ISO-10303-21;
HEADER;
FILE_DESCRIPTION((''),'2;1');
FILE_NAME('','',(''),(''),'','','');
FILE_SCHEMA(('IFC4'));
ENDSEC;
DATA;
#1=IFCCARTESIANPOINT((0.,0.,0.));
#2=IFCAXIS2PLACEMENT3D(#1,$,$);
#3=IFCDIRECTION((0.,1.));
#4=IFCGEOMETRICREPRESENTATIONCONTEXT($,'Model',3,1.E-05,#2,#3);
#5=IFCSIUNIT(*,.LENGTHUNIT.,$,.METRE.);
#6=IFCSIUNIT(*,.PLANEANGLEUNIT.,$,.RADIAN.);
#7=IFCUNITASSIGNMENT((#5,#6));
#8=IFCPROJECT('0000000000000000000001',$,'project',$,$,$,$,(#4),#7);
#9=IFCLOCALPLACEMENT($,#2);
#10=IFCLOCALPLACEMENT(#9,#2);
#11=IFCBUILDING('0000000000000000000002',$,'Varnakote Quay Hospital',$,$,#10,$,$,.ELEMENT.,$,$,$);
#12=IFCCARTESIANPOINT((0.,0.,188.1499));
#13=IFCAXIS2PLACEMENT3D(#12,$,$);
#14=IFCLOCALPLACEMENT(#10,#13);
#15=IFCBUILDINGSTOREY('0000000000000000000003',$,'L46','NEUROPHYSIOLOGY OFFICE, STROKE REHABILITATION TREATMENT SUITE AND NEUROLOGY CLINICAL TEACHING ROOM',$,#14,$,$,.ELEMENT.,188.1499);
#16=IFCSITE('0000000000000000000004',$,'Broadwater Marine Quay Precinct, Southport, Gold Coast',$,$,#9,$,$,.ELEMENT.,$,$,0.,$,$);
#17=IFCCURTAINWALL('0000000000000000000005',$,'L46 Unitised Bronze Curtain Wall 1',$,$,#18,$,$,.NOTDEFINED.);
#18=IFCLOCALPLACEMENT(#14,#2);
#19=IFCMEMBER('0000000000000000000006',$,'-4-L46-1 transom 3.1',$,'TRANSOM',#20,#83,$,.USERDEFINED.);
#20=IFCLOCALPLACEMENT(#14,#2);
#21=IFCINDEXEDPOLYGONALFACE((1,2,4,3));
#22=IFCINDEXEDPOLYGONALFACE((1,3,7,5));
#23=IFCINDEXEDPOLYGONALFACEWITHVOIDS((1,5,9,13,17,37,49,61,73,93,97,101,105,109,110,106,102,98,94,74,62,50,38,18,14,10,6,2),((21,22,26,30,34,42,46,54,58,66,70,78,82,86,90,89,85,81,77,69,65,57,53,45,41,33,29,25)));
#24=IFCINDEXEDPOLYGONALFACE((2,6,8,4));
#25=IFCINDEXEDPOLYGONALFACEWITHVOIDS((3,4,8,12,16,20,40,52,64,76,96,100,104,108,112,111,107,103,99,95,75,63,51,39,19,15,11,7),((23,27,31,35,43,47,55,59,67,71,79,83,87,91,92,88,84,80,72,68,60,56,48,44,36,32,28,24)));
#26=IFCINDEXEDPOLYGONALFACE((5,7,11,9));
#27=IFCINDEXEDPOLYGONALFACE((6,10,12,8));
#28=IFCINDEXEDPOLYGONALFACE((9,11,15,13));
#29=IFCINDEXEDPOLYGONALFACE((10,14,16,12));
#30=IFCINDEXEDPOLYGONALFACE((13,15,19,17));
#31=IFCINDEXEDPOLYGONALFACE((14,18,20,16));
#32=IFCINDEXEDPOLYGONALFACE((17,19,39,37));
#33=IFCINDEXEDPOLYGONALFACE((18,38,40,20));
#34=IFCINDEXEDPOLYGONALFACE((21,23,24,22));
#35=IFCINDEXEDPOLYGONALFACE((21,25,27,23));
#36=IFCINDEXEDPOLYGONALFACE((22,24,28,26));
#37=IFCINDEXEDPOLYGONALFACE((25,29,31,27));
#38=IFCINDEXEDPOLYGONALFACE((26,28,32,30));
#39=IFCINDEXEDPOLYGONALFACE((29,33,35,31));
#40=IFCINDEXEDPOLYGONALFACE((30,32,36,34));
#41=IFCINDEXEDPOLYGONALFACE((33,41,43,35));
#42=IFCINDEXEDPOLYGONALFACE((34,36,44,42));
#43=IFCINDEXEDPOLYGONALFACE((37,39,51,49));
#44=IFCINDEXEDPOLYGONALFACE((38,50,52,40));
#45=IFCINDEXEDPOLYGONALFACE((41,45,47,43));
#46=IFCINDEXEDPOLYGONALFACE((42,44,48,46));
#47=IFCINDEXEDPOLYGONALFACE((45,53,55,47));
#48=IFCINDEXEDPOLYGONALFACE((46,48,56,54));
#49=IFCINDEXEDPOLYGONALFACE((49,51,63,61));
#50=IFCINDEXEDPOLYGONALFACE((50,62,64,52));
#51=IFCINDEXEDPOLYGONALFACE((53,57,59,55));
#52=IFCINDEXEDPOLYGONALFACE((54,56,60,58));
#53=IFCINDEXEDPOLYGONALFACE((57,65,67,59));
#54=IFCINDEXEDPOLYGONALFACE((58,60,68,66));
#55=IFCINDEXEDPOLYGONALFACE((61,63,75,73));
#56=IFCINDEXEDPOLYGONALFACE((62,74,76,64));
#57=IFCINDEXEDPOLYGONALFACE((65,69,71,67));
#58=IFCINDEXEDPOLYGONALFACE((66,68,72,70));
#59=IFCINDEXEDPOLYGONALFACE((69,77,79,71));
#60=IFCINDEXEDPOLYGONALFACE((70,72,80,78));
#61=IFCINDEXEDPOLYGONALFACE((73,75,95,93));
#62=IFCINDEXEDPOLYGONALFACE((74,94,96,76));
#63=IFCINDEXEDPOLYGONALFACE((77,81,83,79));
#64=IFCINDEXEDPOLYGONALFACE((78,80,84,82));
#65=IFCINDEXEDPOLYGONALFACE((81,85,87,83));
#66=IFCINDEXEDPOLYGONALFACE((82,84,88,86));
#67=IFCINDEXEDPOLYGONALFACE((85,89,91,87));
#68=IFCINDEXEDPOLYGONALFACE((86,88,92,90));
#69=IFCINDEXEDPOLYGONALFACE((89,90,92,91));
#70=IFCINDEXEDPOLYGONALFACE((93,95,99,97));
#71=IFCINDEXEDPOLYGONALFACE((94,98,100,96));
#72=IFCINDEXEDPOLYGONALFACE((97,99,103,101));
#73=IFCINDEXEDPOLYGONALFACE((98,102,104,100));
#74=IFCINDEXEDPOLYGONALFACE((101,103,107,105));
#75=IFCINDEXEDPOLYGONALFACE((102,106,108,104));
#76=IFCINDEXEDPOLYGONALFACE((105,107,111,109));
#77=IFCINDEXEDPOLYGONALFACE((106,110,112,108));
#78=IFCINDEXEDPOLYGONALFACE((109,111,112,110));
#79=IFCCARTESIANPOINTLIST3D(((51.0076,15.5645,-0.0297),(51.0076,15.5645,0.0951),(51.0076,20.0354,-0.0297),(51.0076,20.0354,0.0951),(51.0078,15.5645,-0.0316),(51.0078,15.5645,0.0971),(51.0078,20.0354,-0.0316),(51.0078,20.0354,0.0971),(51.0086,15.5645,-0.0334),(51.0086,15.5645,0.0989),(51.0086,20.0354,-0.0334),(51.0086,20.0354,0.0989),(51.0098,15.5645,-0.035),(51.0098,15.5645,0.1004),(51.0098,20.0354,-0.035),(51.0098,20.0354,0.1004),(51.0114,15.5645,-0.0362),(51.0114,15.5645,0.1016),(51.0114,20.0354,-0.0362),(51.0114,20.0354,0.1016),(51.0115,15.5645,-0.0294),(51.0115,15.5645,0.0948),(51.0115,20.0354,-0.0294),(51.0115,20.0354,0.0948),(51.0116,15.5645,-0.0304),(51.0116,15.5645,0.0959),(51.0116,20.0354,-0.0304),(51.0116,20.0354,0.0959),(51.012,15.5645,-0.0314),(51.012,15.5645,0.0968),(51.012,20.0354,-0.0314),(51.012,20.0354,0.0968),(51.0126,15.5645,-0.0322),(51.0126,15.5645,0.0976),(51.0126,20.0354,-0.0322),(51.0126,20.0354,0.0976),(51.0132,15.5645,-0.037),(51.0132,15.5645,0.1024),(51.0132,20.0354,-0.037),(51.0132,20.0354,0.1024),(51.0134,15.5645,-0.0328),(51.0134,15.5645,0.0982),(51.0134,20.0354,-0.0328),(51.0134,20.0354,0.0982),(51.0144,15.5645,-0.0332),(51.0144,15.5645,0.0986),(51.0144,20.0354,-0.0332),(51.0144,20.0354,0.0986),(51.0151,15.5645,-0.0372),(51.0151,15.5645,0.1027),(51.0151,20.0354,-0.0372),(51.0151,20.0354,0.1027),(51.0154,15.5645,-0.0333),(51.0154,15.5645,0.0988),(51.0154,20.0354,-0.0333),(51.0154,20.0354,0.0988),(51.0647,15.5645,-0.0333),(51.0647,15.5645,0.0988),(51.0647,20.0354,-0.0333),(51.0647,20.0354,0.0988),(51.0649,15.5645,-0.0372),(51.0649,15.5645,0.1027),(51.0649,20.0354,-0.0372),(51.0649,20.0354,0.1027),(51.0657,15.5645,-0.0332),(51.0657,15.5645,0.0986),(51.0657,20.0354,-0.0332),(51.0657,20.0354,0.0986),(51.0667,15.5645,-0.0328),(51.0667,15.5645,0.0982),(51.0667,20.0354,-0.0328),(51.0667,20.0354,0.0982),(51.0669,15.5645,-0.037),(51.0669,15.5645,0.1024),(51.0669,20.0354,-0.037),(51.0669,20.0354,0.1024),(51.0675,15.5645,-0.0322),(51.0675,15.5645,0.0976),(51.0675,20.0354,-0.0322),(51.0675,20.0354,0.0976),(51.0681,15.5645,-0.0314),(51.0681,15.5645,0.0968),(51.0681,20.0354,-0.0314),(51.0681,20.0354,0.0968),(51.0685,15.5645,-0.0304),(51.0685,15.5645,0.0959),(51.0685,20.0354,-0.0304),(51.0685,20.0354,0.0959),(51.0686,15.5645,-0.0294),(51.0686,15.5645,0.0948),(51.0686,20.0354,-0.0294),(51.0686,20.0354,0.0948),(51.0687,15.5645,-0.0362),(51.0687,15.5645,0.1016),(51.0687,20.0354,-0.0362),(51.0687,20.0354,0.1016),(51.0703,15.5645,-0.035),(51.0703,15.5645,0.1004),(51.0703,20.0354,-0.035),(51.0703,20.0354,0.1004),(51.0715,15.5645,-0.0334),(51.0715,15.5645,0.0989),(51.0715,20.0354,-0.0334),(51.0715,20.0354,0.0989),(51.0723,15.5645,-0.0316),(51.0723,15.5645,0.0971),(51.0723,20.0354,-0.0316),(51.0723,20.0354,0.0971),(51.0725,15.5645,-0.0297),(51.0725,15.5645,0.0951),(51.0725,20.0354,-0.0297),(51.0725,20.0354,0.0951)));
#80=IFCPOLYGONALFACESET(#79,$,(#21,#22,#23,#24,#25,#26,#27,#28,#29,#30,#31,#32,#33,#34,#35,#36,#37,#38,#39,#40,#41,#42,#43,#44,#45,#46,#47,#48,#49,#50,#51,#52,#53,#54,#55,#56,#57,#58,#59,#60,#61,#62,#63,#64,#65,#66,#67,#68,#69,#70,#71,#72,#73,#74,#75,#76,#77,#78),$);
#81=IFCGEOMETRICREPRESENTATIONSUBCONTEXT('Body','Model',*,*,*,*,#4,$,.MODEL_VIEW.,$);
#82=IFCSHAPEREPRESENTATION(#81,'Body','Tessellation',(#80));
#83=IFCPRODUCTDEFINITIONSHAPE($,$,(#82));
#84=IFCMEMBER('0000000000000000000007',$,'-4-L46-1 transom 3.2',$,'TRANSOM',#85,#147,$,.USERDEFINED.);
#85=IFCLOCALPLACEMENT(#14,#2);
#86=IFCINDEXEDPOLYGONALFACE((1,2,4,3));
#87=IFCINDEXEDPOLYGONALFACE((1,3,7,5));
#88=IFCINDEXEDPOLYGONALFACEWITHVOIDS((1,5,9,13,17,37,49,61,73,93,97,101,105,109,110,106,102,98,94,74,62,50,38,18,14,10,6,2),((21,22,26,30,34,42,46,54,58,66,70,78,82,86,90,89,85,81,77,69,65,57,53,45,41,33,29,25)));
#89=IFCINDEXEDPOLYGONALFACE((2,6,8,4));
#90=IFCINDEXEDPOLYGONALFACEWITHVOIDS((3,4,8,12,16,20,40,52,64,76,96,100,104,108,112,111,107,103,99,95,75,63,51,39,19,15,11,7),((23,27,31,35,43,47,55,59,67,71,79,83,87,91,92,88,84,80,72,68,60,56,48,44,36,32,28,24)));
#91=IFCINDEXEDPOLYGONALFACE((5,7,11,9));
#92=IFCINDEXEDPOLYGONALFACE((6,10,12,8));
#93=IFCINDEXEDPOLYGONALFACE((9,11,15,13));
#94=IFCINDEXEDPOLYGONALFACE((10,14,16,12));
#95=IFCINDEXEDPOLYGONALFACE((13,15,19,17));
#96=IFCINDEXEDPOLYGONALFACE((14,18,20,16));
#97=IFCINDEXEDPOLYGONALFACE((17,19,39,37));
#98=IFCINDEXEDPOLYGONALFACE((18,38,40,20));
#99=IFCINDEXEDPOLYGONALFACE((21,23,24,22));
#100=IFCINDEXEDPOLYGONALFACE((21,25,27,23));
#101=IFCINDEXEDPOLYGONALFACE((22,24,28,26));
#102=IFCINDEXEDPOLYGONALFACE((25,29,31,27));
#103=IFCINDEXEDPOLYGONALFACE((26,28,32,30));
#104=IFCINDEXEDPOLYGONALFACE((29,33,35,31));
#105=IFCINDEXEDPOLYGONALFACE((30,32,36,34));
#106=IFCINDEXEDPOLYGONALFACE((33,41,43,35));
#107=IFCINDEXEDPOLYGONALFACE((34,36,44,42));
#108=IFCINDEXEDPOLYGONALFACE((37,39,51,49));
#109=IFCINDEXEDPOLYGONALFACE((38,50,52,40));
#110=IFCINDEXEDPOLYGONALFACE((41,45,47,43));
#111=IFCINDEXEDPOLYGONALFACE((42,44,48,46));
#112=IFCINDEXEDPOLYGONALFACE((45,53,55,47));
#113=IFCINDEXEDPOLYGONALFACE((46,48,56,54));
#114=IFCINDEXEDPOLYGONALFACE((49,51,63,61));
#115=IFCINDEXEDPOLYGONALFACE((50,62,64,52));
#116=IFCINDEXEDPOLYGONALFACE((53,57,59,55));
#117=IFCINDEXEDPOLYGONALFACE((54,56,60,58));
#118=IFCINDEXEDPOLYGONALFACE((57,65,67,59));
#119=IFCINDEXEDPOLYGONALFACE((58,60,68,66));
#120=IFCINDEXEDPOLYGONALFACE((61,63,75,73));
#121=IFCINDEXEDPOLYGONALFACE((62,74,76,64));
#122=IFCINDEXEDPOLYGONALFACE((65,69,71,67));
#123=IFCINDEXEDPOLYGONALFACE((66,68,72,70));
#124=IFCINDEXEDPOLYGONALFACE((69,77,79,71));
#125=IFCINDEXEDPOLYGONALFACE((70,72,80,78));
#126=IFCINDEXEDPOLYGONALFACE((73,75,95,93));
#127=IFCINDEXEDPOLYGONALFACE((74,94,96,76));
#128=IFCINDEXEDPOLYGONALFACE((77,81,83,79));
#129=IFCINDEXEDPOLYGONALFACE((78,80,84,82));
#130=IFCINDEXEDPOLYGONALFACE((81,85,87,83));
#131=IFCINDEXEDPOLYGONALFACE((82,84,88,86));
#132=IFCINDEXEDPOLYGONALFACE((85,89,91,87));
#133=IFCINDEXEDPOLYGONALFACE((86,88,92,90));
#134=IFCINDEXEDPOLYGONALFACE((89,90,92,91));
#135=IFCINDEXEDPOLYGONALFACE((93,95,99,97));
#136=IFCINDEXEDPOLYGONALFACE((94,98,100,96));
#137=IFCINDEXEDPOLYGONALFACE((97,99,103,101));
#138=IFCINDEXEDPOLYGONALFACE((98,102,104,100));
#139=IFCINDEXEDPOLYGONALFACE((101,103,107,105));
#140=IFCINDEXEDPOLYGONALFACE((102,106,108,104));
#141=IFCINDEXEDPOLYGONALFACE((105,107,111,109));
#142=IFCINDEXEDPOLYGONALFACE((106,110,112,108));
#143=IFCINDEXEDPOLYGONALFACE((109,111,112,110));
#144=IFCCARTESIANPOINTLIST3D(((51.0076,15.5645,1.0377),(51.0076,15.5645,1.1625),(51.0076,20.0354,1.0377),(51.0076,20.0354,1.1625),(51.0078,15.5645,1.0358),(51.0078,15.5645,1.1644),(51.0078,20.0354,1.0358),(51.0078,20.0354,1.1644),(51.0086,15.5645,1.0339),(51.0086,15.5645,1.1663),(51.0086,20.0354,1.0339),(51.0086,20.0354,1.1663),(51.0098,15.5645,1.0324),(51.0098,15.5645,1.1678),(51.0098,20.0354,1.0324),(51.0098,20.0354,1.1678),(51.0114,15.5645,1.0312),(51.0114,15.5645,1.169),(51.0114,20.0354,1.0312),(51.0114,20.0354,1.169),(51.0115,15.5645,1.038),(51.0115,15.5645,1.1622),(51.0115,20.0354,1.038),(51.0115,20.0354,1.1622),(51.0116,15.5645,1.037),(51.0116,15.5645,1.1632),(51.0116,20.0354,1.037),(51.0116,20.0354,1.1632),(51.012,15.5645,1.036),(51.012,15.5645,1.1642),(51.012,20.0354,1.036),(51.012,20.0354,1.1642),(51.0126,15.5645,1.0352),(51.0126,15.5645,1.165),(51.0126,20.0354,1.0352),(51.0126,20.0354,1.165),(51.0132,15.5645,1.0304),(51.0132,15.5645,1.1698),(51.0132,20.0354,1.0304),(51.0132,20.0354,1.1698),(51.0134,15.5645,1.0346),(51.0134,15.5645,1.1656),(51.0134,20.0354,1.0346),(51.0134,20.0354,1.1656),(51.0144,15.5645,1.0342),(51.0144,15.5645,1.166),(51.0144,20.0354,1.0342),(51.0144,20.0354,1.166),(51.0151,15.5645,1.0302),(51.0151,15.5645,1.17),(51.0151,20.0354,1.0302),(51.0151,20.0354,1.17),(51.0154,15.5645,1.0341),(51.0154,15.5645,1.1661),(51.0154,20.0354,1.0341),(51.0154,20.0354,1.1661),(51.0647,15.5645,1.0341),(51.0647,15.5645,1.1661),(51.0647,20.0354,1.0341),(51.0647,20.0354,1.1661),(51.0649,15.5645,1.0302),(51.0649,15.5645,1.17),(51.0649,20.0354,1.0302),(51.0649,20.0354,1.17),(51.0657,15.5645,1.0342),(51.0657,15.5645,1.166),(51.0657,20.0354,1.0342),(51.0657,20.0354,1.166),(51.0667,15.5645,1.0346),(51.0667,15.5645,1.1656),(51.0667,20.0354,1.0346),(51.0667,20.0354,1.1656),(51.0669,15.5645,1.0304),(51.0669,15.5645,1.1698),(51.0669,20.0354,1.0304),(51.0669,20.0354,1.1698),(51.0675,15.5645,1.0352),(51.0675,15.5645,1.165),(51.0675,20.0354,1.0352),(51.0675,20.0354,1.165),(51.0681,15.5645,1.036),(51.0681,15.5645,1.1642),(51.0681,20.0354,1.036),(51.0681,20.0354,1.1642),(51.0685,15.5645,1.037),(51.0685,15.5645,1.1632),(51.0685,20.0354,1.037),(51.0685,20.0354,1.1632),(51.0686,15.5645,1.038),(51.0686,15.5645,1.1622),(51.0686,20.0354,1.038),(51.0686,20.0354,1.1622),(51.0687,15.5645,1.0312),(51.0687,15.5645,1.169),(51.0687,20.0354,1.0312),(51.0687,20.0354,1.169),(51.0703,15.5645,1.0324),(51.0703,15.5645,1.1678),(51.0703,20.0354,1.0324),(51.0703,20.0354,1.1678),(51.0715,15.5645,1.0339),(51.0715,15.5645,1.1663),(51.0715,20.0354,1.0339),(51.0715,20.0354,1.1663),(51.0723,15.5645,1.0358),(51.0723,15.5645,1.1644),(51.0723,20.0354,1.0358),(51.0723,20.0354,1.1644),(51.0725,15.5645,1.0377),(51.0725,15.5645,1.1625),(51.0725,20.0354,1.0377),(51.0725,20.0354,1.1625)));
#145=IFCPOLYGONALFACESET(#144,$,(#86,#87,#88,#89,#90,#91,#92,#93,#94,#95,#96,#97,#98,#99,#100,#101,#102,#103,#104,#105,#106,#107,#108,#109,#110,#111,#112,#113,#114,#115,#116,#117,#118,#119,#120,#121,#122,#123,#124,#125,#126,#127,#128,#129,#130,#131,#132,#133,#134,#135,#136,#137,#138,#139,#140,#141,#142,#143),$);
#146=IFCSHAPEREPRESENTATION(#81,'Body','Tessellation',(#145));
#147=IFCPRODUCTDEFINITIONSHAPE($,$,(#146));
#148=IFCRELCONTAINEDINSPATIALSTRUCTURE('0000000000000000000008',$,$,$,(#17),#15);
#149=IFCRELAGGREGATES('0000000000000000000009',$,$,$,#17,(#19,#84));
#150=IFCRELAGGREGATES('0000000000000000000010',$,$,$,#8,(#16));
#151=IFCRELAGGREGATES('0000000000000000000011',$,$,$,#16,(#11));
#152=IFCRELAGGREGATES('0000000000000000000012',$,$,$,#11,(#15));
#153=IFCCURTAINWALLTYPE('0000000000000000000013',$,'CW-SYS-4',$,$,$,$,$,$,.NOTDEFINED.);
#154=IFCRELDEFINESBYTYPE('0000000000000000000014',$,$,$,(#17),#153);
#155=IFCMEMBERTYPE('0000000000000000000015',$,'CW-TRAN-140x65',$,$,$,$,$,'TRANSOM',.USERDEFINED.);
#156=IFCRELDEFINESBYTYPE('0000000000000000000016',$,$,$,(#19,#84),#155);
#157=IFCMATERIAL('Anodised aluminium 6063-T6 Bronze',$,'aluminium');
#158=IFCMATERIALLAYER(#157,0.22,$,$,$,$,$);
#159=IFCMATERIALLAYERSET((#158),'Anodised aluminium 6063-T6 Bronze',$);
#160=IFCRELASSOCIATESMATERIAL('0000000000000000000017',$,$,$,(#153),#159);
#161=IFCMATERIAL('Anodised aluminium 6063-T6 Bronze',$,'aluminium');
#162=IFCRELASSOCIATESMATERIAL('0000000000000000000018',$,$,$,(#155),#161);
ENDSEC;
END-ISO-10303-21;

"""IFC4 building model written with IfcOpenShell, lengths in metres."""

from ifc_helpers import new_model, si_unit, direction, frame, origin, origin_2d, place, context, subcontext, project, spatial, hollow_rectangle, extrude, material, layer, layer_set, material_profile, profile_set, type_object, element, aggregate, save


model = new_model("IFC4")

# Units and contexts
model_context = context("Model", 3, precision=1e-05, world=origin(), true_north=direction((0.0, 1.0)))
body_context = subcontext(model_context, "Body", "Model", "MODEL_VIEW")
ifc_project = project(units=[si_unit("LENGTHUNIT", "METRE"), si_unit("PLANEANGLEUNIT", "RADIAN")], contexts=[model_context])

# Site, building, storey
site_placement = place(None, origin())
site = spatial("IfcSite", under=ifc_project, at=site_placement, Name="Broadwater Marine Quay Precinct, Southport, Gold Coast", CompositionType="ELEMENT", RefElevation=0.0)
building_placement = place(site_placement, origin())
building = spatial("IfcBuilding", under=site, at=building_placement, Name="Varnakote Quay Hospital", CompositionType="ELEMENT")
storey_placement = place(building_placement, frame((0.0, 0.0, 188.1499)))
storey = spatial("IfcBuildingStorey", under=building, at=storey_placement, Name="L46", Description="NEUROPHYSIOLOGY OFFICE, STROKE REHABILITATION TREATMENT SUITE AND NEUROLOGY CLINICAL TEACHING ROOM", CompositionType="ELEMENT", Elevation=188.1499)

# Curtain wall, members
ifc_material_1 = material(Name="Anodised aluminium 6063-T6 Bronze", Category="aluminium")
ifc_layer_1 = layer(ifc_material_1, 0.22)
ifc_layer_set_1 = layer_set([ifc_layer_1], Name="Anodised aluminium 6063-T6 Bronze")
curtain_wall_type = type_object("IfcCurtainWallType", Name="CW-SYS-4", PredefinedType="NOTDEFINED", material=ifc_layer_set_1)
curtain_wall_placement = place(storey_placement, origin())
curtain_wall = element("IfcCurtainWall", 1, at=curtain_wall_placement, inside=storey, type_object=curtain_wall_type, Name="L46 Unitised Bronze Curtain Wall 1", PredefinedType="NOTDEFINED")
ifc_material_2 = material(Name="Anodised aluminium 6063-T6 Bronze", Category="aluminium")
ifc_material_profile_1 = material_profile(ifc_material_2, hollow_rectangle(XDim=0.0649, YDim=0.1399, WallThickness=0.0039, InnerFilletRadius=0.0039, OuterFilletRadius=0.0076, at=origin_2d()), Name="CW-TRAN-140x65")
ifc_profile_set_1 = profile_set([ifc_material_profile_1], Name="Anodised aluminium 6063-T6 Bronze")
member_type_1 = type_object("IfcMemberType", Name="CW-TRAN-140x65", ElementType="TRANSOM", PredefinedType="USERDEFINED", material=ifc_profile_set_1)
member_1_placement = place(storey_placement, frame((51.04, 15.5645, 0.0327), z_axis=(0.0, 1.0, 0.0), x_axis=(-1.0, 0.0, 0.0)))
member_1 = element("IfcMember", 2, at=member_1_placement, type_object=member_type_1, Name="-4-L46-1 transom 3.1", ObjectType="TRANSOM", PredefinedType="USERDEFINED", context=body_context, shape_type="SweptSolid", body=[
    extrude(hollow_rectangle(XDim=0.0649, YDim=0.1399, WallThickness=0.0039, InnerFilletRadius=0.0039, OuterFilletRadius=0.0076, at=origin_2d()), origin(), (0.0, 0.0, 1.0), 4.4709),
])
member_2_placement = place(storey_placement, frame((51.04, 15.5645, 1.1001), z_axis=(0.0, 1.0, 0.0), x_axis=(-1.0, 0.0, 0.0)))
member_2 = element("IfcMember", 3, at=member_2_placement, type_object=member_type_1, Name="-4-L46-1 transom 3.2", ObjectType="TRANSOM", PredefinedType="USERDEFINED", context=body_context, shape_type="SweptSolid", body=[
    extrude(hollow_rectangle(XDim=0.0649, YDim=0.1399, WallThickness=0.0039, InnerFilletRadius=0.0039, OuterFilletRadius=0.0076, at=origin_2d()), origin(), (0.0, 0.0, 1.0), 4.4709),
])
aggregate(curtain_wall, [member_1, member_2])

save(model, "model.ifc")
